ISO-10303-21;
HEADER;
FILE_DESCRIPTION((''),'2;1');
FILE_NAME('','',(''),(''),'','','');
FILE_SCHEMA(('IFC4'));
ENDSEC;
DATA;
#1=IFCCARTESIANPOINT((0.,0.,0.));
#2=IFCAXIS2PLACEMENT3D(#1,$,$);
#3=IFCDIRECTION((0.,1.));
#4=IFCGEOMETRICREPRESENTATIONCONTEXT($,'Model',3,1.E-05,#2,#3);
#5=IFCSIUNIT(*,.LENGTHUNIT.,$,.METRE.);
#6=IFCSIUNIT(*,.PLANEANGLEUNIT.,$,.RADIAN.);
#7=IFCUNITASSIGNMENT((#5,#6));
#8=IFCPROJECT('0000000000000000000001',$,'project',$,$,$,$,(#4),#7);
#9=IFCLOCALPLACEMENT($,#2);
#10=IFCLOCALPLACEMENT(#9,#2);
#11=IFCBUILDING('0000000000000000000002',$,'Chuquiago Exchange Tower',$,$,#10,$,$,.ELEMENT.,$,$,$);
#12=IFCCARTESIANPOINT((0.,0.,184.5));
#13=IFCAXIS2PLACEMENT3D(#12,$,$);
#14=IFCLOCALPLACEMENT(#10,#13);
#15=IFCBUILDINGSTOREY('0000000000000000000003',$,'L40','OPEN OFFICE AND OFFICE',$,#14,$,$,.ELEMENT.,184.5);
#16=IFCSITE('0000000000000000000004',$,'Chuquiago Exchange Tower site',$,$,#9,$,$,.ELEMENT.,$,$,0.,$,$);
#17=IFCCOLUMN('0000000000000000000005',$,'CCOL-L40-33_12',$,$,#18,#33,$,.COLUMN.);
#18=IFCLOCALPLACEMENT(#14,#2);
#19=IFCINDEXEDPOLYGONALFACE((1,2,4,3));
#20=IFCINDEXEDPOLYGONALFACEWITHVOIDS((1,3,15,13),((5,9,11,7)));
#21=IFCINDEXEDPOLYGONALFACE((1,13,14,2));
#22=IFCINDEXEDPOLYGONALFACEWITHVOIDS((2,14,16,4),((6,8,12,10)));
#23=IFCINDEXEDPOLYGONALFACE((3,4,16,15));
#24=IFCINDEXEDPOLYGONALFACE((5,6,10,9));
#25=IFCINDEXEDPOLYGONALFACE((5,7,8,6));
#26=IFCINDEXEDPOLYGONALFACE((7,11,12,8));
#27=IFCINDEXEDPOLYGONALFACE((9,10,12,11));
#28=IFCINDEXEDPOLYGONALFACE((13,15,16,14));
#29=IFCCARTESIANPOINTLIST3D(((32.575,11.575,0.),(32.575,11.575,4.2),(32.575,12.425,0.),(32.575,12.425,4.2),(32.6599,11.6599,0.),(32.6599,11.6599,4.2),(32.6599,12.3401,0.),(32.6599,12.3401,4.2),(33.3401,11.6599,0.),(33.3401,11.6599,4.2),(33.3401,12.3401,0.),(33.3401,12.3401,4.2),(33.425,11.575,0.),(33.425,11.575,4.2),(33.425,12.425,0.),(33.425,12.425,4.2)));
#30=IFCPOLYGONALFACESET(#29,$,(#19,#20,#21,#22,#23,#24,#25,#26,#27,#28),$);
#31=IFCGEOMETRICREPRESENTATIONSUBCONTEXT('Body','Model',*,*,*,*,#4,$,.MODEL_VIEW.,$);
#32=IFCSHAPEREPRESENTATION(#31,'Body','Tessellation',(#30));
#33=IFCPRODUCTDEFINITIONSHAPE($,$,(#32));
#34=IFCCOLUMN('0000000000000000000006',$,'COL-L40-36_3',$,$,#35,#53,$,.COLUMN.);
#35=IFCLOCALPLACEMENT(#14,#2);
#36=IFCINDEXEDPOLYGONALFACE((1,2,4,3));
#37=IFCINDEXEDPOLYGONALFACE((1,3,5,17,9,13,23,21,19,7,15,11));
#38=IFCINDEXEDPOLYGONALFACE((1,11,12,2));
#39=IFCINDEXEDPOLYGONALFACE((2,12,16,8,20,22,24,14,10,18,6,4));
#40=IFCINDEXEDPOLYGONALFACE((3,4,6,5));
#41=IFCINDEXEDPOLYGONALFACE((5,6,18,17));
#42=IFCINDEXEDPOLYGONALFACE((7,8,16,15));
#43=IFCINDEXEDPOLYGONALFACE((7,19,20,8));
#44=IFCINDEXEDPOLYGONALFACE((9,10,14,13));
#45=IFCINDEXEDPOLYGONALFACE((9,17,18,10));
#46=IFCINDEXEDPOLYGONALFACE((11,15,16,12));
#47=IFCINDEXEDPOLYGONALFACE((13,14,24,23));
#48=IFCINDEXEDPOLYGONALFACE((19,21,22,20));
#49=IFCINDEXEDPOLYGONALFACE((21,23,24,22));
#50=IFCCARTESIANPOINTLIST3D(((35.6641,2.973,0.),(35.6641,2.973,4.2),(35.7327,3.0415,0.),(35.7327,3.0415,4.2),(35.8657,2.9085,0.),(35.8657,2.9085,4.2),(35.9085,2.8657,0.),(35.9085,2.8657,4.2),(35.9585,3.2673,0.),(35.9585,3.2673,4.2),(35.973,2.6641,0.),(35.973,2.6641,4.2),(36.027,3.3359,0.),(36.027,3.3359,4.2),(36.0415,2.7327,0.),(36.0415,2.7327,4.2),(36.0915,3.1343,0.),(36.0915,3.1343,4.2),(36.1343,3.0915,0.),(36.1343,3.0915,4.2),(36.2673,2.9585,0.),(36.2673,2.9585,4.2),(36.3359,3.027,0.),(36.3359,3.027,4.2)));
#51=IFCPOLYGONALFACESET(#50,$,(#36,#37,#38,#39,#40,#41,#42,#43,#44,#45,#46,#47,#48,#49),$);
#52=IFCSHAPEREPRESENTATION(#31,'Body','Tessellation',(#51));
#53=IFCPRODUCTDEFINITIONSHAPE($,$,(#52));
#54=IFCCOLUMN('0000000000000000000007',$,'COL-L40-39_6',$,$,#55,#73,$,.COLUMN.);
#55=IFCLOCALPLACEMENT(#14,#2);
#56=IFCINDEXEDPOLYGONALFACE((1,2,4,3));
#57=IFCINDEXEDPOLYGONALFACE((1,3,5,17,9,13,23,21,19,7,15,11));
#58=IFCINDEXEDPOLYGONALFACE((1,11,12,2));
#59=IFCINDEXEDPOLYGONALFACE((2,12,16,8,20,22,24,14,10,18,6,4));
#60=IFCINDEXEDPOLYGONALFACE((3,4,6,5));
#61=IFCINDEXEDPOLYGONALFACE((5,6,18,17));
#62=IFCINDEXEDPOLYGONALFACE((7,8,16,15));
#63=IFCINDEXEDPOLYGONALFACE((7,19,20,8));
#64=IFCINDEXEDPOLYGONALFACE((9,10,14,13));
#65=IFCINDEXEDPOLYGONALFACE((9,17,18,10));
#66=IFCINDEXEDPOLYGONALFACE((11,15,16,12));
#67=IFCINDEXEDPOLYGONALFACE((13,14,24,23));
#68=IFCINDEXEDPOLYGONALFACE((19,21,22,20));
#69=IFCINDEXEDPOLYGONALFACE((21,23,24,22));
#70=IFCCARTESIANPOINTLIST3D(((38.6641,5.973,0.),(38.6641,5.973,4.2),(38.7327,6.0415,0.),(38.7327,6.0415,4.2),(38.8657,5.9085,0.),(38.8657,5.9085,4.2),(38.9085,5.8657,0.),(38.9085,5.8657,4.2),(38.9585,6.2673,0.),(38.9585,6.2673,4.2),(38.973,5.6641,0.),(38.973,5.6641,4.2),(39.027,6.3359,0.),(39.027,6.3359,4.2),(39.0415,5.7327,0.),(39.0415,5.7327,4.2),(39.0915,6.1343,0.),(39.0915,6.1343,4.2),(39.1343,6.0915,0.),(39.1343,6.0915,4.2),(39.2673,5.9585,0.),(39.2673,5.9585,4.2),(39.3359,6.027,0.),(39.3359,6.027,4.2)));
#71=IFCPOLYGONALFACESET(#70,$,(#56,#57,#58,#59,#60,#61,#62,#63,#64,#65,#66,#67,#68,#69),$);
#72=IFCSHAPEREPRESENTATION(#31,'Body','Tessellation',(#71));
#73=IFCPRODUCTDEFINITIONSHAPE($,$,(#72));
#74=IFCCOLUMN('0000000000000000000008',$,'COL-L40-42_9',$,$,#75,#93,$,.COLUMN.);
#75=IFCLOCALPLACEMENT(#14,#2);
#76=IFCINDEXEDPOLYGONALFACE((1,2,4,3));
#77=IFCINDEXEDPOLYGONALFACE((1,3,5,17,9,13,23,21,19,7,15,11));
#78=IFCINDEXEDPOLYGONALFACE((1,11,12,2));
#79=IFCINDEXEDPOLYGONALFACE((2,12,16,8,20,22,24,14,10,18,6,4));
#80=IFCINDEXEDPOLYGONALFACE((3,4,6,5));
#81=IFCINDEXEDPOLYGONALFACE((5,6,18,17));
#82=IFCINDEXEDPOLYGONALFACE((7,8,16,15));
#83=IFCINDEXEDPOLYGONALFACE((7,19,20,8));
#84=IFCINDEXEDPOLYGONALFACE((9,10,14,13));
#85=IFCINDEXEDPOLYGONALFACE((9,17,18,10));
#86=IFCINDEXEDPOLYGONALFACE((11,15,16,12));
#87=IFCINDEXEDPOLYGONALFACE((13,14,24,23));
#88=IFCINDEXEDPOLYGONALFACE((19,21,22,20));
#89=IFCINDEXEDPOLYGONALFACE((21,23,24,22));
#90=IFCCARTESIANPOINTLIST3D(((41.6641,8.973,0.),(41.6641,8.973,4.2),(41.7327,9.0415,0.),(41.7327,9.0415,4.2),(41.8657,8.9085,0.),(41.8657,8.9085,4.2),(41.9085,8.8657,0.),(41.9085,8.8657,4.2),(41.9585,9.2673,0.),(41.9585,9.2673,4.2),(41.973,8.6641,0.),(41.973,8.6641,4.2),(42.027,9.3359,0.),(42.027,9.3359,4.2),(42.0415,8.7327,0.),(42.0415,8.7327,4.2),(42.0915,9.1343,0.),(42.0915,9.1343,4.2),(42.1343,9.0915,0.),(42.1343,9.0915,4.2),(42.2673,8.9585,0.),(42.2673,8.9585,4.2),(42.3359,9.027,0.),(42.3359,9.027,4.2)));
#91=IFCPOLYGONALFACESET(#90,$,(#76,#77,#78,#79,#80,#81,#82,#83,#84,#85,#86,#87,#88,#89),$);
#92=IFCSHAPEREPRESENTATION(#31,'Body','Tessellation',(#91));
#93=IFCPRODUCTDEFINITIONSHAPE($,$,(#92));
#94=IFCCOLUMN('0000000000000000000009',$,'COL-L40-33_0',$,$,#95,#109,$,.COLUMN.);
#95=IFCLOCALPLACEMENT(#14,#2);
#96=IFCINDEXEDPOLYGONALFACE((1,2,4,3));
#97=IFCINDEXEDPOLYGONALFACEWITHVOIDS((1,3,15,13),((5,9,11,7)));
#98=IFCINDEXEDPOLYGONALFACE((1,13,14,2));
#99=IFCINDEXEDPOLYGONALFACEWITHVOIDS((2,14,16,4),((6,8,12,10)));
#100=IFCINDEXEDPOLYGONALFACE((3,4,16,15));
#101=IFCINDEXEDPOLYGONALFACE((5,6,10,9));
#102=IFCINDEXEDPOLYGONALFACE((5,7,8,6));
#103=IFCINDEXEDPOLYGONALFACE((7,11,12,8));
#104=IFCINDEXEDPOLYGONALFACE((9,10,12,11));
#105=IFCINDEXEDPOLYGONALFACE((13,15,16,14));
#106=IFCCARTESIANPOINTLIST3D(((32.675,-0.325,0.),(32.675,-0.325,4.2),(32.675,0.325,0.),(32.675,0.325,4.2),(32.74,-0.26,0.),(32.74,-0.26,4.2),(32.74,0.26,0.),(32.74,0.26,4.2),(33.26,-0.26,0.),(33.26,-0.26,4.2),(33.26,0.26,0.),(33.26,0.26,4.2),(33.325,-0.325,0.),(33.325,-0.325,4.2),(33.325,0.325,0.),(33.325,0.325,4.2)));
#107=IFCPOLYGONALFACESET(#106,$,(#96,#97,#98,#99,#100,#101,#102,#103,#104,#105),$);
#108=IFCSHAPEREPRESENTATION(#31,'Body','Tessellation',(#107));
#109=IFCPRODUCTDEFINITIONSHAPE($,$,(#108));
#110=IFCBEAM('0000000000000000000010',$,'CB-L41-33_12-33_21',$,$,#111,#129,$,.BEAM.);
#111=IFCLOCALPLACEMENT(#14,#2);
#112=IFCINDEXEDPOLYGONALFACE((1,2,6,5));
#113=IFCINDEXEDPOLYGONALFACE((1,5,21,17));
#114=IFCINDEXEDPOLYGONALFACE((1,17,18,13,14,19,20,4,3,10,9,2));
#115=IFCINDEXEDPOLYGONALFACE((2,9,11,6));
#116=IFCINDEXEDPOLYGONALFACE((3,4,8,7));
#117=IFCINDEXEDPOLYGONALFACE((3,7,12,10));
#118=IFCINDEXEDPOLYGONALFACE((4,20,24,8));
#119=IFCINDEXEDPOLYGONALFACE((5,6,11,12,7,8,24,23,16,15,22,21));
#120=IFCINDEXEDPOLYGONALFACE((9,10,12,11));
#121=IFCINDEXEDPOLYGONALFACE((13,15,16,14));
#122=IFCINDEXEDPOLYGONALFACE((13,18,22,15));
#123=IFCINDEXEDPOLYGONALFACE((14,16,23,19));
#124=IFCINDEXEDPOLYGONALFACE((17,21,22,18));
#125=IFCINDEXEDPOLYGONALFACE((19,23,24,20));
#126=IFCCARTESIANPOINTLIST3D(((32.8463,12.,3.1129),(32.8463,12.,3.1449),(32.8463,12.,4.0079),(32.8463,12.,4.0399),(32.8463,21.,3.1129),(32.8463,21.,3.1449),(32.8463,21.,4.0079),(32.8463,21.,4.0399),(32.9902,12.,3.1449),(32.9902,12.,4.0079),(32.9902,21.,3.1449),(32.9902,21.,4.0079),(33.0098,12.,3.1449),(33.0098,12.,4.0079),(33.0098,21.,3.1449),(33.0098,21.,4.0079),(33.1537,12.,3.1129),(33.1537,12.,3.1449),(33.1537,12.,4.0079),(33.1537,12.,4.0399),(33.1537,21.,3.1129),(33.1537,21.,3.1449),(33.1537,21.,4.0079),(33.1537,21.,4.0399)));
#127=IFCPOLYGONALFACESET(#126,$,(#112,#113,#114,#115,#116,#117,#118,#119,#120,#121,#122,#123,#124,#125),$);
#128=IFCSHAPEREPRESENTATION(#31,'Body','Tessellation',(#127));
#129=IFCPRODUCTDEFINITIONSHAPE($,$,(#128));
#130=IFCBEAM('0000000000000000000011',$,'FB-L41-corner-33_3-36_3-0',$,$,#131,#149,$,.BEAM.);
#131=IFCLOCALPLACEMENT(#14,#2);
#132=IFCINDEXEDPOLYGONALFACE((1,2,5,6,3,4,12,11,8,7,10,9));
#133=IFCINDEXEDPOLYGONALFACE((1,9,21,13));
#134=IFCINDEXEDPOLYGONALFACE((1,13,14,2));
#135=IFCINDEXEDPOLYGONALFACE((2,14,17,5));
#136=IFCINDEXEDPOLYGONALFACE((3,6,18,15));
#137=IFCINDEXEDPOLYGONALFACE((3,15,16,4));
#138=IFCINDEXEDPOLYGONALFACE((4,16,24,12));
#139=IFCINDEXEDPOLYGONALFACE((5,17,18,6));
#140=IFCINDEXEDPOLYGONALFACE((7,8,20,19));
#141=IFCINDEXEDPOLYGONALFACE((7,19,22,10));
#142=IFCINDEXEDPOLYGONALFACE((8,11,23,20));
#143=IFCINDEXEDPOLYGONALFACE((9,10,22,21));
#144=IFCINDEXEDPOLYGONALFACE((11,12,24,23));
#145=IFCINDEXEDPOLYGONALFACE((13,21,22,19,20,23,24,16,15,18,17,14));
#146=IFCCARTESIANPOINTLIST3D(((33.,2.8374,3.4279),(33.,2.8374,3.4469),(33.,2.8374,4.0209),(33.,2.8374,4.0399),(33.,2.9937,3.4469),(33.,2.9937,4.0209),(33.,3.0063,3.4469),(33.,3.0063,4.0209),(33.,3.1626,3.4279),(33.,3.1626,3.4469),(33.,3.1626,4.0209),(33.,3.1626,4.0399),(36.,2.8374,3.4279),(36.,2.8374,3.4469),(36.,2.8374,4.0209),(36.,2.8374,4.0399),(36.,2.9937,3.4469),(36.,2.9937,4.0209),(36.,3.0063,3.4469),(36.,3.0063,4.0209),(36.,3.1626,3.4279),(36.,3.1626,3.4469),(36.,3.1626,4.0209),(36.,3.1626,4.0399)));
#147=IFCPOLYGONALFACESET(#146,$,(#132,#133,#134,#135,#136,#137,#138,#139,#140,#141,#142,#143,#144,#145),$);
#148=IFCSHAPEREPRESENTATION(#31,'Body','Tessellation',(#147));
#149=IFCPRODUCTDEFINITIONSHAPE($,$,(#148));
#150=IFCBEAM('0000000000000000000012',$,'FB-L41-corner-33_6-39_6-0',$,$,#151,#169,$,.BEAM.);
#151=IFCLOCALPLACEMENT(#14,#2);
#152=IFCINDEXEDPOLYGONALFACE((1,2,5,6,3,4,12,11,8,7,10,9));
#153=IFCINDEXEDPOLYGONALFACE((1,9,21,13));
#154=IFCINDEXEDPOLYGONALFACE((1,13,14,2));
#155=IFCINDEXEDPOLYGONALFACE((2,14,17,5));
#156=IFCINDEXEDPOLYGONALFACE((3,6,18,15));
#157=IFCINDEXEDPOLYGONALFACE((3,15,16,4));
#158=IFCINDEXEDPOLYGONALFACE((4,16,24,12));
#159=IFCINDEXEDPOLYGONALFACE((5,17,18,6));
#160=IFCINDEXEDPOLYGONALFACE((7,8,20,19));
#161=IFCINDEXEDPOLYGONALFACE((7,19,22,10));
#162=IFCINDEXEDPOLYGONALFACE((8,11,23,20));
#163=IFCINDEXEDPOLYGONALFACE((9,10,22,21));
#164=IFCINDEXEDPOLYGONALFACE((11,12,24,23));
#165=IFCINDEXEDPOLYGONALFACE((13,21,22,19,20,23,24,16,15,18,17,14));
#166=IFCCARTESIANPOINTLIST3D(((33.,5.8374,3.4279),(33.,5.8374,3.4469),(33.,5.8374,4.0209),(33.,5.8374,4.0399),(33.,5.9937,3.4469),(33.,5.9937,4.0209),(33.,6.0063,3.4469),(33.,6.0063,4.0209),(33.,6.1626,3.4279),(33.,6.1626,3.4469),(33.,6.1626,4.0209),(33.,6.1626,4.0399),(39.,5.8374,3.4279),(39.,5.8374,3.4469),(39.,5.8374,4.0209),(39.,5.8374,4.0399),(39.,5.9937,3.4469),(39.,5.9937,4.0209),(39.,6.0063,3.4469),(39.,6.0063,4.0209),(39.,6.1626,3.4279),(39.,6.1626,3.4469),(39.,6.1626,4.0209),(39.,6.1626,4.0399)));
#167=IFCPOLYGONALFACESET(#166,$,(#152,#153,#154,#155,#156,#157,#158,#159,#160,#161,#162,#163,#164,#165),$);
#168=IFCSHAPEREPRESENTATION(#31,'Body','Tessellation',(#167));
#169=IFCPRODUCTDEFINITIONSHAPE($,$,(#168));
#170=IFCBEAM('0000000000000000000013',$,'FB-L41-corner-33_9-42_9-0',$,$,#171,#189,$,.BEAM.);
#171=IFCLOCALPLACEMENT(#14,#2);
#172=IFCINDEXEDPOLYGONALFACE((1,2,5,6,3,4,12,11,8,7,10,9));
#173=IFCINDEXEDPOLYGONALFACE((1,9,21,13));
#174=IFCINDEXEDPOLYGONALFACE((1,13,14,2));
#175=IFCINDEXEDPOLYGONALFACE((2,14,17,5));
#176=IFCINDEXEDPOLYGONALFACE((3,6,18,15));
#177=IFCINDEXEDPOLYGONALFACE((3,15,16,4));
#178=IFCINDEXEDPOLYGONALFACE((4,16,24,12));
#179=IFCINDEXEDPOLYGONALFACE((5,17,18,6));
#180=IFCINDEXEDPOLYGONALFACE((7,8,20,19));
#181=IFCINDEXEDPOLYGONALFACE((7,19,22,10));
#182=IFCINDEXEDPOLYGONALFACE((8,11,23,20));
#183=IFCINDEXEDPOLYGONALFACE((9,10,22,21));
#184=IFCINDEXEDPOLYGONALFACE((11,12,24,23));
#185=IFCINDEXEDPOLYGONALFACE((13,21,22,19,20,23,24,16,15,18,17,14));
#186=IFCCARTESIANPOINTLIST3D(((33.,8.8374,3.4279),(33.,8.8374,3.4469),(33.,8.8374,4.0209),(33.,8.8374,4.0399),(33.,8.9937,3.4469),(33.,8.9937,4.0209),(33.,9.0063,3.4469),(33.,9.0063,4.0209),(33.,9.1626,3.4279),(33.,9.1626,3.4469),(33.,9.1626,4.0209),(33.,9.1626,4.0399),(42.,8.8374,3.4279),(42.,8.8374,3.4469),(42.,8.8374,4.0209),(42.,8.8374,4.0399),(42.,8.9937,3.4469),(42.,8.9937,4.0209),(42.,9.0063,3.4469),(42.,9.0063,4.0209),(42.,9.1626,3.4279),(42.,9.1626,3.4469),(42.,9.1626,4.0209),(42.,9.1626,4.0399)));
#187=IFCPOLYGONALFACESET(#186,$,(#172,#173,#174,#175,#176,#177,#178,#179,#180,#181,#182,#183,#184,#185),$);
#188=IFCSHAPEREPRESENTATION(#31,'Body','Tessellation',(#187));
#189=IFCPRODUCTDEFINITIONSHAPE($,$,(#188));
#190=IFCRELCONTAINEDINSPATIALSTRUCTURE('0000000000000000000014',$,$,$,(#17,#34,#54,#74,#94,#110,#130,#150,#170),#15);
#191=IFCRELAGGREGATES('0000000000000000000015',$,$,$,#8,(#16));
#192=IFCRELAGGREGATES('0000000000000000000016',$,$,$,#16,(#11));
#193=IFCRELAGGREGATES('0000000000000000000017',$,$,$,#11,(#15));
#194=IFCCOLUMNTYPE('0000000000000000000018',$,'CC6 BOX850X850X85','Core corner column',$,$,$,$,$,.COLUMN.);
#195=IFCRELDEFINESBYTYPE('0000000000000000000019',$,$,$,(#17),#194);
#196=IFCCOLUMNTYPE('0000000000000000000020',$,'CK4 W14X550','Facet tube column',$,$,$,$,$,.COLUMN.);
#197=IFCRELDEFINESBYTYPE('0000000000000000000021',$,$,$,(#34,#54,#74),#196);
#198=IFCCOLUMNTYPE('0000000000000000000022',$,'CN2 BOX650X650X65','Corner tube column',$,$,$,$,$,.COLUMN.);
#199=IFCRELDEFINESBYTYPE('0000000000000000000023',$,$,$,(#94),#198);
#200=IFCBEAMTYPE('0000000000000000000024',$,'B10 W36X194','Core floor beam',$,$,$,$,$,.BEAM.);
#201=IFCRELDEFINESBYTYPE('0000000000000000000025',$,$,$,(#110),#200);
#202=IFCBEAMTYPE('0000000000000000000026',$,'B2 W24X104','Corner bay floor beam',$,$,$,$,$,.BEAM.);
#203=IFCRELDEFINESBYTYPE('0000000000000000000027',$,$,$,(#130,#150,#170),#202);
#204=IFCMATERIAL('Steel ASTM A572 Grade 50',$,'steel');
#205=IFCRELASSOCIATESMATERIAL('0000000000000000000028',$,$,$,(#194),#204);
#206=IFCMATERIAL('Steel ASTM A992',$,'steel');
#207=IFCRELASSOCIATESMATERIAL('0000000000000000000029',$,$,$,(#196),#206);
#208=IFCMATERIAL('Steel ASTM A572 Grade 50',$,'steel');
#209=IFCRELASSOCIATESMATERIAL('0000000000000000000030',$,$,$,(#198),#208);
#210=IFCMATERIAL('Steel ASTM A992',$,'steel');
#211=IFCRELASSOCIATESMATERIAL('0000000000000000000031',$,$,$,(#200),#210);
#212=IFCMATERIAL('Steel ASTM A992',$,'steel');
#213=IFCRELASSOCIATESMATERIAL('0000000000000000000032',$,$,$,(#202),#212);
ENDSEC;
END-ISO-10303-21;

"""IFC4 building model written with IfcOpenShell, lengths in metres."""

from ifc_helpers import new_model, si_unit, direction, frame, origin, origin_2d, place, context, subcontext, project, spatial, hollow_rectangle, i_section, extrude, material, material_profile, profile_set, type_object, element, save


model = new_model("IFC4")

# Units and contexts
model_context = context("Model", 3, precision=1e-05, world=origin(), true_north=direction((0.0, 1.0)))
body_context = subcontext(model_context, "Body", "Model", "MODEL_VIEW")
ifc_project = project(units=[si_unit("LENGTHUNIT", "METRE"), si_unit("PLANEANGLEUNIT", "RADIAN")], contexts=[model_context])

# Site, building, storey
site_placement = place(None, origin())
site = spatial("IfcSite", under=ifc_project, at=site_placement, Name="Chuquiago Exchange Tower site", CompositionType="ELEMENT", RefElevation=0.0)
building_placement = place(site_placement, origin())
building = spatial("IfcBuilding", under=site, at=building_placement, Name="Chuquiago Exchange Tower", CompositionType="ELEMENT")
storey_placement = place(building_placement, frame((0.0, 0.0, 184.5)))
storey = spatial("IfcBuildingStorey", under=building, at=storey_placement, Name="L40", Description="OPEN OFFICE AND OFFICE", CompositionType="ELEMENT", Elevation=184.5)

# Columns
ifc_material_1 = material(Name="Steel ASTM A572 Grade 50", Category="steel")
ifc_material_profile_1 = material_profile(ifc_material_1, hollow_rectangle(XDim=0.8501, YDim=0.8501, WallThickness=0.085, at=origin_2d()), Name="BOX850X850X85")
ifc_profile_set_1 = profile_set([ifc_material_profile_1], Name="Steel ASTM A572 Grade 50")
column_type_1 = type_object("IfcColumnType", Name="CC6 BOX850X850X85", Description="Core corner column", PredefinedType="COLUMN", material=ifc_profile_set_1)
column_1_placement = place(storey_placement, frame((33.0, 12.0, 0.0), z_axis=(0.0, 0.0, 1.0), x_axis=(1.0, 0.0, 0.0)))
element("IfcColumn", 1, at=column_1_placement, inside=storey, type_object=column_type_1, Name="CCOL-L40-33_12", PredefinedType="COLUMN", context=body_context, shape_type="SweptSolid", body=[
    extrude(hollow_rectangle(XDim=0.8501, YDim=0.8501, WallThickness=0.085, at=origin_2d()), origin(), (0.0, 0.0, 1.0), 4.2),
])
ifc_material_2 = material(Name="Steel ASTM A992", Category="steel")
ifc_material_profile_2 = material_profile(ifc_material_2, i_section(OverallWidth=0.4368, OverallDepth=0.5132, WebThickness=0.0605, FlangeThickness=0.0969, at=origin_2d()), Name="W14X550")
ifc_profile_set_2 = profile_set([ifc_material_profile_2], Name="Steel ASTM A992")
column_type_2 = type_object("IfcColumnType", Name="CK4 W14X550", Description="Facet tube column", PredefinedType="COLUMN", material=ifc_profile_set_2)
for number, where, z_axis, x_axis, name in (
    (2, (36.0, 3.0, 0.0), (0.0, 0.0, 1.0), (0.707107, -0.707107, 0.0), "COL-L40-36_3"),
    (3, (39.0, 6.0, 0.0), (0.0, 0.0, 1.0), (0.707107, -0.707107, 0.0), "COL-L40-39_6"),
    (4, (42.0, 9.0, 0.0), (0.0, 0.0, 1.0), (0.707107, -0.707107, 0.0), "COL-L40-42_9"),
):
    element("IfcColumn", number, at=place(storey_placement, frame(where, z_axis=z_axis, x_axis=x_axis)), inside=storey, type_object=column_type_2, Name=name, PredefinedType="COLUMN", context=body_context, shape_type="SweptSolid", body=[
        extrude(i_section(OverallWidth=0.4368, OverallDepth=0.5132, WebThickness=0.0605, FlangeThickness=0.0969, at=origin_2d()), origin(), (0.0, 0.0, 1.0), 4.2),
    ])
ifc_material_3 = material(Name="Steel ASTM A572 Grade 50", Category="steel")
ifc_material_profile_3 = material_profile(ifc_material_3, hollow_rectangle(XDim=0.6499, YDim=0.6499, WallThickness=0.0649, at=origin_2d()), Name="BOX650X650X65")
ifc_profile_set_3 = profile_set([ifc_material_profile_3], Name="Steel ASTM A572 Grade 50")
column_type_3 = type_object("IfcColumnType", Name="CN2 BOX650X650X65", Description="Corner tube column", PredefinedType="COLUMN", material=ifc_profile_set_3)
column_2_placement = place(storey_placement, frame((33.0, 0.0, 0.0), z_axis=(0.0, 0.0, 1.0), x_axis=(0.0, -1.0, 0.0)))
element("IfcColumn", 5, at=column_2_placement, inside=storey, type_object=column_type_3, Name="COL-L40-33_0", PredefinedType="COLUMN", context=body_context, shape_type="SweptSolid", body=[
    extrude(hollow_rectangle(XDim=0.6499, YDim=0.6499, WallThickness=0.0649, at=origin_2d()), origin(), (0.0, 0.0, 1.0), 4.2),
])

# Beams
ifc_material_4 = material(Name="Steel ASTM A992", Category="steel")
ifc_material_profile_4 = material_profile(ifc_material_4, i_section(OverallWidth=0.3074, OverallDepth=0.927, WebThickness=0.0195, FlangeThickness=0.032, at=origin_2d()), Name="W36X194")
ifc_profile_set_4 = profile_set([ifc_material_profile_4], Name="Steel ASTM A992")
beam_type_1 = type_object("IfcBeamType", Name="B10 W36X194", Description="Core floor beam", PredefinedType="BEAM", material=ifc_profile_set_4)
beam_1_placement = place(storey_placement, frame((33.0, 12.0, 3.5764), z_axis=(0.0, 1.0, 0.0), x_axis=(-1.0, 0.0, 0.0)))
element("IfcBeam", 6, at=beam_1_placement, inside=storey, type_object=beam_type_1, Name="CB-L41-33_12-33_21", PredefinedType="BEAM", context=body_context, shape_type="SweptSolid", body=[
    extrude(i_section(OverallWidth=0.3074, OverallDepth=0.927, WebThickness=0.0195, FlangeThickness=0.032, at=origin_2d()), origin(), (0.0, 0.0, 1.0), 9.0),
])
ifc_material_5 = material(Name="Steel ASTM A992", Category="steel")
ifc_material_profile_5 = material_profile(ifc_material_5, i_section(OverallWidth=0.3252, OverallDepth=0.6121, WebThickness=0.0127, FlangeThickness=0.019, at=origin_2d()), Name="W24X104")
ifc_profile_set_5 = profile_set([ifc_material_profile_5], Name="Steel ASTM A992")
beam_type_2 = type_object("IfcBeamType", Name="B2 W24X104", Description="Corner bay floor beam", PredefinedType="BEAM", material=ifc_profile_set_5)
beam_2_placement = place(storey_placement, frame((33.0, 3.0, 3.7339), z_axis=(1.0, 0.0, 0.0), x_axis=(0.0, 1.0, 0.0)))
element("IfcBeam", 7, at=beam_2_placement, inside=storey, type_object=beam_type_2, Name="FB-L41-corner-33_3-36_3-0", PredefinedType="BEAM", context=body_context, shape_type="SweptSolid", body=[
    extrude(i_section(OverallWidth=0.3252, OverallDepth=0.6121, WebThickness=0.0127, FlangeThickness=0.019, at=origin_2d()), origin(), (0.0, 0.0, 1.0), 3.0),
])
beam_3_placement = place(storey_placement, frame((33.0, 6.0, 3.7339), z_axis=(1.0, 0.0, 0.0), x_axis=(0.0, 1.0, 0.0)))
element("IfcBeam", 8, at=beam_3_placement, inside=storey, type_object=beam_type_2, Name="FB-L41-corner-33_6-39_6-0", PredefinedType="BEAM", context=body_context, shape_type="SweptSolid", body=[
    extrude(i_section(OverallWidth=0.3252, OverallDepth=0.6121, WebThickness=0.0127, FlangeThickness=0.019, at=origin_2d()), origin(), (0.0, 0.0, 1.0), 6.0),
])
beam_4_placement = place(storey_placement, frame((33.0, 9.0, 3.7339), z_axis=(1.0, 0.0, 0.0), x_axis=(0.0, 1.0, 0.0)))
element("IfcBeam", 9, at=beam_4_placement, inside=storey, type_object=beam_type_2, Name="FB-L41-corner-33_9-42_9-0", PredefinedType="BEAM", context=body_context, shape_type="SweptSolid", body=[
    extrude(i_section(OverallWidth=0.3252, OverallDepth=0.6121, WebThickness=0.0127, FlangeThickness=0.019, at=origin_2d()), origin(), (0.0, 0.0, 1.0), 9.0),
])

save(model, "model.ifc")
